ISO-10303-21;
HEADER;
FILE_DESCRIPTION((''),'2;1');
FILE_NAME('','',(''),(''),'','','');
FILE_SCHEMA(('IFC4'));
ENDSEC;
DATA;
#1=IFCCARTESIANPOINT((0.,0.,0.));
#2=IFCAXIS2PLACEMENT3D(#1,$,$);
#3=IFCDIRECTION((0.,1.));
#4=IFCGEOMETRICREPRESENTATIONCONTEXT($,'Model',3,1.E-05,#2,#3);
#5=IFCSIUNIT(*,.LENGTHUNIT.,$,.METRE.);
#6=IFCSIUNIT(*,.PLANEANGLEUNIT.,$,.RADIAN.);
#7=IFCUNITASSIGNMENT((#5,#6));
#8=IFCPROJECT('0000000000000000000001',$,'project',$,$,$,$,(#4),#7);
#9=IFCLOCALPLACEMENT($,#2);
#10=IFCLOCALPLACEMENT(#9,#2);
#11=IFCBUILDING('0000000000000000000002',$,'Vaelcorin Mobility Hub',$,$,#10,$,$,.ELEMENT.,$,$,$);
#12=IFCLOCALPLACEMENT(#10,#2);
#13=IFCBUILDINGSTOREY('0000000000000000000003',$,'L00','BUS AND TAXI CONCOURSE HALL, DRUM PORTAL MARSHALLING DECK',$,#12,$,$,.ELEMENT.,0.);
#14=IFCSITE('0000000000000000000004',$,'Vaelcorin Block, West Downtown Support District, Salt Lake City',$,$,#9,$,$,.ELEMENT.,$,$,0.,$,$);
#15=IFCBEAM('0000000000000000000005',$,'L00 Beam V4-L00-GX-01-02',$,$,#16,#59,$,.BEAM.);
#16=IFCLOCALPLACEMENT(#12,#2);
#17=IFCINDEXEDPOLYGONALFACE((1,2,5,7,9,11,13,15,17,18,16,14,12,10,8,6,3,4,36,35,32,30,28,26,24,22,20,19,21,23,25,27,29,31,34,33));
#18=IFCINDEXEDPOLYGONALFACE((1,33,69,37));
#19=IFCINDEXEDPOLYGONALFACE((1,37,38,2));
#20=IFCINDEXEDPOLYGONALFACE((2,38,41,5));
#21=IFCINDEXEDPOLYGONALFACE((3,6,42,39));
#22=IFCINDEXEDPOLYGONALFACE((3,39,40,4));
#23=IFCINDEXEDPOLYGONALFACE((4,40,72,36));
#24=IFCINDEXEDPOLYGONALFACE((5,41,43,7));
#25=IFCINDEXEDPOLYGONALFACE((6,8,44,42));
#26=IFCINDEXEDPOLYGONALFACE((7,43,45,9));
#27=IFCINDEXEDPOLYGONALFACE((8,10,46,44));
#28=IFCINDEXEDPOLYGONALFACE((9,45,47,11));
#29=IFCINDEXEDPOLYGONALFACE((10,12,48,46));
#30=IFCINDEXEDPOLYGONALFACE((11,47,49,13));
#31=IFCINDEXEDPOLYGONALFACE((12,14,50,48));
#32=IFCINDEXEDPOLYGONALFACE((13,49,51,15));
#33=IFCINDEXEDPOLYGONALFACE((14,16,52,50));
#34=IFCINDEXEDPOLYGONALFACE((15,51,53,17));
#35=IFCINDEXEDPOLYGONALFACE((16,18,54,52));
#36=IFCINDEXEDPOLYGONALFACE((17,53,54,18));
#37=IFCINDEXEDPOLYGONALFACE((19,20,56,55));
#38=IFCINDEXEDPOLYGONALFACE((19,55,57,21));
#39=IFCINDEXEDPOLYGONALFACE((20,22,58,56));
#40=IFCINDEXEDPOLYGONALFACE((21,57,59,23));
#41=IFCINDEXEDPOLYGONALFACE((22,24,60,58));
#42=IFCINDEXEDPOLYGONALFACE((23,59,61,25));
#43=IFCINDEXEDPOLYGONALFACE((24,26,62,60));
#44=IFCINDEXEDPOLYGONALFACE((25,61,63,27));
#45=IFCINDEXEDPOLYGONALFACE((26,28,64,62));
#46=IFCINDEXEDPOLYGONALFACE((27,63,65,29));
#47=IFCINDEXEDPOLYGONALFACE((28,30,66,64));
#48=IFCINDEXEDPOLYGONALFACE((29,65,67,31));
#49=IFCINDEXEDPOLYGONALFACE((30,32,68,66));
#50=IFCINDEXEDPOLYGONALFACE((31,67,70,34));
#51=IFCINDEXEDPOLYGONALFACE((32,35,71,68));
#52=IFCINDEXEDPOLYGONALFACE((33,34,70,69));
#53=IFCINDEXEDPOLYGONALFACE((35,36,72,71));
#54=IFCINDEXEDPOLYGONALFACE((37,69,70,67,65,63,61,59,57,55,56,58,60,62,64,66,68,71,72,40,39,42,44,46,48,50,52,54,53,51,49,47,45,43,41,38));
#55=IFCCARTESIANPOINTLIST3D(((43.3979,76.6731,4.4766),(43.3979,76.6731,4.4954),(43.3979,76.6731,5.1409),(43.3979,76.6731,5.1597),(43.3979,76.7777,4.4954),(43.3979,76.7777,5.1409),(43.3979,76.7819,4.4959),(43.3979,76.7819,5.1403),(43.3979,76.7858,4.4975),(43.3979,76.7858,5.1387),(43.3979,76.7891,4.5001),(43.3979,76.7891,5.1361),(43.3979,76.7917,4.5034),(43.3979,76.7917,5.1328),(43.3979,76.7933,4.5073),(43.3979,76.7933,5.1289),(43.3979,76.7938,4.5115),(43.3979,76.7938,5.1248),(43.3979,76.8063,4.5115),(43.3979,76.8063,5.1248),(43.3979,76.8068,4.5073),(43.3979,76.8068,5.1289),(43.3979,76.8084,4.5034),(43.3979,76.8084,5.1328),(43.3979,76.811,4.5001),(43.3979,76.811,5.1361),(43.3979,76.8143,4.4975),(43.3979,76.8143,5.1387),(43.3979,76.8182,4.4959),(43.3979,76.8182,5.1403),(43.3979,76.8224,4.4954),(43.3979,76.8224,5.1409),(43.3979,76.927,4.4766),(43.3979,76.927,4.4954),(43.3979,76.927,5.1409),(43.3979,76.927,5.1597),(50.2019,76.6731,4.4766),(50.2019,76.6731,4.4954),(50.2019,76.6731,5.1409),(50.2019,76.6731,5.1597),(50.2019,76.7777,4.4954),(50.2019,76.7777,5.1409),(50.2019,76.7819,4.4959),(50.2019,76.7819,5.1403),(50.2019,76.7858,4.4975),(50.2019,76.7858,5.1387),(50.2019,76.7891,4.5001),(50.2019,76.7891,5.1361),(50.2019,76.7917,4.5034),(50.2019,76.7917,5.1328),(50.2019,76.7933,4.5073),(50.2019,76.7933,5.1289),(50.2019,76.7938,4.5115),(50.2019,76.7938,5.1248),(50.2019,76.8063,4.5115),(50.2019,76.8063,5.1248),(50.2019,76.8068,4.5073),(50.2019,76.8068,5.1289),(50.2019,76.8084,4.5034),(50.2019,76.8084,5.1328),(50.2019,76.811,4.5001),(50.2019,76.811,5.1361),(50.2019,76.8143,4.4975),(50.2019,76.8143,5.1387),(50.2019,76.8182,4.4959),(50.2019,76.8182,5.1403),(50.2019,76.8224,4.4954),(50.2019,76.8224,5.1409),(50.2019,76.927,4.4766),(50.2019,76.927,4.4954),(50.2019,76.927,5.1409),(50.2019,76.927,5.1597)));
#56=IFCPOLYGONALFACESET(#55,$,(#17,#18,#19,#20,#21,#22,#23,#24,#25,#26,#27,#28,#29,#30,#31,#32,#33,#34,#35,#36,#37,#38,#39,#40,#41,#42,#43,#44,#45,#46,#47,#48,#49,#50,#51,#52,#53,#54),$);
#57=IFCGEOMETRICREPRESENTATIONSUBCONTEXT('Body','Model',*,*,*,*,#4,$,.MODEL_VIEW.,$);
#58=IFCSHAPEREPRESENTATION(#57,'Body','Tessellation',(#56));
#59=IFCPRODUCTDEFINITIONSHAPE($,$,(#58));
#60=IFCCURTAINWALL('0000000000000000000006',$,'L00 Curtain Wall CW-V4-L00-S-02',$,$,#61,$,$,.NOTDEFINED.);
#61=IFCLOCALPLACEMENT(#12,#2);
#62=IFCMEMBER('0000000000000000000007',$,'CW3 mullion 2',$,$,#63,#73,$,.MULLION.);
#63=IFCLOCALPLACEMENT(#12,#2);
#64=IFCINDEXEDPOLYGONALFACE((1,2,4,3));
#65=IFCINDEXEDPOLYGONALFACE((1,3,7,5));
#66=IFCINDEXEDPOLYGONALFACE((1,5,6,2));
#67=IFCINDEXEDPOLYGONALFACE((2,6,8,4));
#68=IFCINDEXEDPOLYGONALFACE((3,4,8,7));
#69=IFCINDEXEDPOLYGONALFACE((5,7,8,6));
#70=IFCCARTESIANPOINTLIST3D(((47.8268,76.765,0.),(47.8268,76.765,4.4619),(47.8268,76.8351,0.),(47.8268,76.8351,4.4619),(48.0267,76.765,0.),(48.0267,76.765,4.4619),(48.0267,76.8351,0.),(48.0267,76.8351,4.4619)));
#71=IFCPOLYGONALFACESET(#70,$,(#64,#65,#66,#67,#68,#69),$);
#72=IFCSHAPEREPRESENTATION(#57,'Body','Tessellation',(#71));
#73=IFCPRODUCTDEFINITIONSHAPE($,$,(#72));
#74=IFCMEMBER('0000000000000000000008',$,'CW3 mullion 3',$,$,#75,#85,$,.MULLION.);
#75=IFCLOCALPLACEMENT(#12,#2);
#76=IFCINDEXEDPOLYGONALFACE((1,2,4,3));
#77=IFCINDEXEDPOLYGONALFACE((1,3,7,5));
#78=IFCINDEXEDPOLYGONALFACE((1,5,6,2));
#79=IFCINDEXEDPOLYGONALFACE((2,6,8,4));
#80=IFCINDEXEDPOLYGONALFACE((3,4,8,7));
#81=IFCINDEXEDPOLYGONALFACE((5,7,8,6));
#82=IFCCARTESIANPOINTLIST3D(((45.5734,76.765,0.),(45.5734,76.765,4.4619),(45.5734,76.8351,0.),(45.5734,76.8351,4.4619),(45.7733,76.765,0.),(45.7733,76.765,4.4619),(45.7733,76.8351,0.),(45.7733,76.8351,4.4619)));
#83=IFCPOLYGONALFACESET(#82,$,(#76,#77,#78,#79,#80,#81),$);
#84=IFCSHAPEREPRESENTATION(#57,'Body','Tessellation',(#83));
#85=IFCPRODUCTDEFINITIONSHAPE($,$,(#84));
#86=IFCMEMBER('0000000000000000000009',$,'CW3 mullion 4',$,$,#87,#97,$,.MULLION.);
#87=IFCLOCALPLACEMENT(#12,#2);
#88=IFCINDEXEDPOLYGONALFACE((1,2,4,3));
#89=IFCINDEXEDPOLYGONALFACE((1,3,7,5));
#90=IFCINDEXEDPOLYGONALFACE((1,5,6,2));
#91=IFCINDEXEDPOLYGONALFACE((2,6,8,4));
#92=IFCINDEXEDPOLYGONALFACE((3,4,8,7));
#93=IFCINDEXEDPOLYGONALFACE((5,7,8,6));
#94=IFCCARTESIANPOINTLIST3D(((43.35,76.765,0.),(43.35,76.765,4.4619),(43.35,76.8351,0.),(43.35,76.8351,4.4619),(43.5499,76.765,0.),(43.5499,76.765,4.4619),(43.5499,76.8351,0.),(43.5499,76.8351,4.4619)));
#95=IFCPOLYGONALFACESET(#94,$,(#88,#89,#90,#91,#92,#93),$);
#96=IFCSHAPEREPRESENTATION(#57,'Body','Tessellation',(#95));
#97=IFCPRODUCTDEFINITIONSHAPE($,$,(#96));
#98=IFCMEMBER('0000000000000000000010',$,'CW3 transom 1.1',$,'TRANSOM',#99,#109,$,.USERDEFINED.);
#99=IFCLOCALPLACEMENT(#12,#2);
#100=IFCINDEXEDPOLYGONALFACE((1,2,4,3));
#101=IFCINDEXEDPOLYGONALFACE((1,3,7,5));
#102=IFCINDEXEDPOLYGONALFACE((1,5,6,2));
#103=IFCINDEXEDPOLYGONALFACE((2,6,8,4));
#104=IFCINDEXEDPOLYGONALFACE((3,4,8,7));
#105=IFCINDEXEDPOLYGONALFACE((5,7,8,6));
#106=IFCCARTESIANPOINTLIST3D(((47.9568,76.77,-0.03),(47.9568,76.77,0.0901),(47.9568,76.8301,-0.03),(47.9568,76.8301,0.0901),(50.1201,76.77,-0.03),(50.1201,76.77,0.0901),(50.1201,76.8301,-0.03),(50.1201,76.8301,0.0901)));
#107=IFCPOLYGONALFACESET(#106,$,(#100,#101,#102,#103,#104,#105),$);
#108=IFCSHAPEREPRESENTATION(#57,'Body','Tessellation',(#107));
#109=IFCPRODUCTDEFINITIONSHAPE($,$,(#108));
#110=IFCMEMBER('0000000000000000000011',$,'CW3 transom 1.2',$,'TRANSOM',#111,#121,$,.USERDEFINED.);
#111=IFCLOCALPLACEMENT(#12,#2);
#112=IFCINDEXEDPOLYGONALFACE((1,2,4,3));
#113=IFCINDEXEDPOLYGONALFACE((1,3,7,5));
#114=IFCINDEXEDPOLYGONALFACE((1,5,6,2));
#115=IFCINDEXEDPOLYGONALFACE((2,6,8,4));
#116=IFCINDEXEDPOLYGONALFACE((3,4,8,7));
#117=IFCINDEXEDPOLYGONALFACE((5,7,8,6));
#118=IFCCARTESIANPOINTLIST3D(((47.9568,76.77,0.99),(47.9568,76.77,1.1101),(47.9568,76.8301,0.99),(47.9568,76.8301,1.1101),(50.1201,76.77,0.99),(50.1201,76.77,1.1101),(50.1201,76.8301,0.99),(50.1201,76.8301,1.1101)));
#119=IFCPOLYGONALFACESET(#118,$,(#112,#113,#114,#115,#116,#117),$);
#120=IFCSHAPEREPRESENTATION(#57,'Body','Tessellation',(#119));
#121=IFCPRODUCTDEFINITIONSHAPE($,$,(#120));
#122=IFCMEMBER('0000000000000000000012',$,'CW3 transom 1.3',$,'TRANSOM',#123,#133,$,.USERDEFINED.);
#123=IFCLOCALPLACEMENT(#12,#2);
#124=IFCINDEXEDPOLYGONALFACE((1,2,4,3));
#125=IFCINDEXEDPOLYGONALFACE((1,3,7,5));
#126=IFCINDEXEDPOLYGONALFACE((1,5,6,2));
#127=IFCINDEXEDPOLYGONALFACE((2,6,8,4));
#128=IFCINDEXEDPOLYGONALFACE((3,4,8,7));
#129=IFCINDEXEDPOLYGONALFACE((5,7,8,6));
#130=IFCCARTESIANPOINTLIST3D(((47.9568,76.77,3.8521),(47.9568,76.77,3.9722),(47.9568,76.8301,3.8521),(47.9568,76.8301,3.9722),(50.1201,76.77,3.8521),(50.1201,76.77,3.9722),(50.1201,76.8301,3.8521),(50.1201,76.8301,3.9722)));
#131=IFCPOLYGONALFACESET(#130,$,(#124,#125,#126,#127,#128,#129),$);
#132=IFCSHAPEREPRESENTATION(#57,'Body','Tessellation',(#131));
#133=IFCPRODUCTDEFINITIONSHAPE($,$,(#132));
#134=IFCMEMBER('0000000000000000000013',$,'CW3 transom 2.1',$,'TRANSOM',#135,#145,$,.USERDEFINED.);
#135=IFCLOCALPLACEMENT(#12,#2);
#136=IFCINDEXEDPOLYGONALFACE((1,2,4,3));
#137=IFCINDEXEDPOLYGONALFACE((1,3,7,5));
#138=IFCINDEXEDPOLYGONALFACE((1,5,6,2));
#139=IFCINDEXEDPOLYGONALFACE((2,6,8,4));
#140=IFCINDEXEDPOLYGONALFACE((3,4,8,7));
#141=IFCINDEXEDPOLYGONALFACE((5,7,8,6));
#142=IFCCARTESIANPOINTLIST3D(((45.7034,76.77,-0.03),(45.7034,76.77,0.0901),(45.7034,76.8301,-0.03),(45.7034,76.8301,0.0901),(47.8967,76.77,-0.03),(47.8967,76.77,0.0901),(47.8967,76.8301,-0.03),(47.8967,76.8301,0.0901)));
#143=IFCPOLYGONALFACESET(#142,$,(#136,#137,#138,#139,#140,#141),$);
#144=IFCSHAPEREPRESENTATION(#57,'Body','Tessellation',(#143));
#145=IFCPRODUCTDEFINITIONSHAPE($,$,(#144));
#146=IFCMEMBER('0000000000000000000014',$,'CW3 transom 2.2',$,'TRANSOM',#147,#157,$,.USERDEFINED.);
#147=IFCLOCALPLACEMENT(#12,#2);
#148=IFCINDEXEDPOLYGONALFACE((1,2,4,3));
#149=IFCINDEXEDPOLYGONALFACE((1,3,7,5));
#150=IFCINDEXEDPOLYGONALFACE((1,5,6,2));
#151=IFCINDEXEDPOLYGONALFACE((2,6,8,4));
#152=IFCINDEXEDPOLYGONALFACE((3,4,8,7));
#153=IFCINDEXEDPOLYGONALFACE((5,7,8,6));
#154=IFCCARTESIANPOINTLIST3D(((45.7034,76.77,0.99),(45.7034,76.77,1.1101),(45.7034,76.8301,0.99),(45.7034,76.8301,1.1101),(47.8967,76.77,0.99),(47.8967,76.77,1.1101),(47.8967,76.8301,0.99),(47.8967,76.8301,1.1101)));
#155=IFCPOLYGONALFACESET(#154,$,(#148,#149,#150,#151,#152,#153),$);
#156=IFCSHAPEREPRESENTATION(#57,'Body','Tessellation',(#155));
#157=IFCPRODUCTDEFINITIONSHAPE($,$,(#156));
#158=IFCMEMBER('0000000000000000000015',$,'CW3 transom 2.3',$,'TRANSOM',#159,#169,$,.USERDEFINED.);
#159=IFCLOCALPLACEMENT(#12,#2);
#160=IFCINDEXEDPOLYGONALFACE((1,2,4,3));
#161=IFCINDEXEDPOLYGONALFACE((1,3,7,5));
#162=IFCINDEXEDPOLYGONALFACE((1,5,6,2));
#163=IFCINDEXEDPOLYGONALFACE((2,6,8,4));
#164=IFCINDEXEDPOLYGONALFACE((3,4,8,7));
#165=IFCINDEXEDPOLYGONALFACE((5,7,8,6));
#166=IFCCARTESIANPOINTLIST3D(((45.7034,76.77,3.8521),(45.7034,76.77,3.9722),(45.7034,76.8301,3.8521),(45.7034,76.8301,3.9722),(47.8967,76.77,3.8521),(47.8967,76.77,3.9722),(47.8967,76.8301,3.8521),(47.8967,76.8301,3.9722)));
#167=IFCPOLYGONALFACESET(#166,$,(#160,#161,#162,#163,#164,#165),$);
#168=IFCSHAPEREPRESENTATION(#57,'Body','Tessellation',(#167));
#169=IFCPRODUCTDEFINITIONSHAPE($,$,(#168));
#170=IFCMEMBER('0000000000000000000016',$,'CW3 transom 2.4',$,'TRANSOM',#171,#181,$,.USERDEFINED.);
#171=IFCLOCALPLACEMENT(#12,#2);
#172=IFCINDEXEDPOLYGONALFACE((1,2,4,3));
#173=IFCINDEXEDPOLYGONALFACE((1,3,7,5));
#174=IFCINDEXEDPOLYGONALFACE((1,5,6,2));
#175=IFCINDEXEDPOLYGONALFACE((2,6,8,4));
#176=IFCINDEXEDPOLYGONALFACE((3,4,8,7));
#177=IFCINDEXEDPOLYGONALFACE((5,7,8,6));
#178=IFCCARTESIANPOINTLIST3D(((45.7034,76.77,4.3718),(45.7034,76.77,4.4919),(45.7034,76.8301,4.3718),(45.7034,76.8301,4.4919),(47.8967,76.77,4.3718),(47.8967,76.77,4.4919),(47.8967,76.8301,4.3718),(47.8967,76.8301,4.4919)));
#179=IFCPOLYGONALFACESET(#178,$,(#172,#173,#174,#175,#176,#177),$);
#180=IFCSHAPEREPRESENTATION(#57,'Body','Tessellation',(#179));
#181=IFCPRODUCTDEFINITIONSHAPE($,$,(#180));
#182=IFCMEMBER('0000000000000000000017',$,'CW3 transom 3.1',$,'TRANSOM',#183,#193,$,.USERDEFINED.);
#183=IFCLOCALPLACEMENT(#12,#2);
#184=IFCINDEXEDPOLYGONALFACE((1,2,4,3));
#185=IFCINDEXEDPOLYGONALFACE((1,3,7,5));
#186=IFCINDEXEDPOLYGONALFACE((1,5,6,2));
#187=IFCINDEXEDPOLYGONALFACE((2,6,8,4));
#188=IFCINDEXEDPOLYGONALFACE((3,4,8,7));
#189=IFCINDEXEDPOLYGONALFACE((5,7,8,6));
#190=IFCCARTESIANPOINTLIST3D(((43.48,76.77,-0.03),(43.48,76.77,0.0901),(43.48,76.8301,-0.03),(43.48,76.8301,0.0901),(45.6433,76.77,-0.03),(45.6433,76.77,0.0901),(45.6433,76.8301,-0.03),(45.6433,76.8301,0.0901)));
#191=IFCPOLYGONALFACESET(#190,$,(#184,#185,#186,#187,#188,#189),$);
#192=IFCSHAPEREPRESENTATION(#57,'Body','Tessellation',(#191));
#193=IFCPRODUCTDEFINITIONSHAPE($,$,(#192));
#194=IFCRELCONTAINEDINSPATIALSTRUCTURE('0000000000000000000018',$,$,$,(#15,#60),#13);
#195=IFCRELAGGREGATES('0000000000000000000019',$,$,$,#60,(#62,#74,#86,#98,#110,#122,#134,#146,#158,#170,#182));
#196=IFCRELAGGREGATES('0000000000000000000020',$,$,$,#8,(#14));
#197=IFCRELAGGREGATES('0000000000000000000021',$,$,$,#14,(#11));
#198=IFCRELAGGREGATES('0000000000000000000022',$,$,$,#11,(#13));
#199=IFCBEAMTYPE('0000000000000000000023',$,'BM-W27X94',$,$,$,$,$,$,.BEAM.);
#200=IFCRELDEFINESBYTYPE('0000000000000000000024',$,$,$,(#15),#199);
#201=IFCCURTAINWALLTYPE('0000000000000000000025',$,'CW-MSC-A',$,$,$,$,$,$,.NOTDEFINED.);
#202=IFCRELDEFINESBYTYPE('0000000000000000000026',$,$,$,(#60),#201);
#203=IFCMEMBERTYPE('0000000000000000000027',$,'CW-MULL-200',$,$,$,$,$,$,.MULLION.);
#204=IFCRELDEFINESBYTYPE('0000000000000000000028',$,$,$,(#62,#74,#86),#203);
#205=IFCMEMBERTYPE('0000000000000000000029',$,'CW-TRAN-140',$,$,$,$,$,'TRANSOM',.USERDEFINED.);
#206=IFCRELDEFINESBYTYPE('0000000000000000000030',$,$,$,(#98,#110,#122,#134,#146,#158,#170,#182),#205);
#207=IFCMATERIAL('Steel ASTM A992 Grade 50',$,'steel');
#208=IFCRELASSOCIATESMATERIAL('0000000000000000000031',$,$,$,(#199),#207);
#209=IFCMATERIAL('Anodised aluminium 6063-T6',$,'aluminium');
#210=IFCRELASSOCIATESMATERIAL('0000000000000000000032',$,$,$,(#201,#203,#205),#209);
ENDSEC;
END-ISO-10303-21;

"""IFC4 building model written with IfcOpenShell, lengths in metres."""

from ifc_helpers import new_model, si_unit, direction, frame, origin, origin_2d, place, context, subcontext, project, spatial, rectangle, i_section, extrude, material, material_profile, profile_set, type_object, element, aggregate, save


model = new_model("IFC4")

# Units and contexts
model_context = context("Model", 3, precision=1e-05, world=origin(), true_north=direction((0.0, 1.0)))
body_context = subcontext(model_context, "Body", "Model", "MODEL_VIEW")
ifc_project = project(units=[si_unit("LENGTHUNIT", "METRE"), si_unit("PLANEANGLEUNIT", "RADIAN")], contexts=[model_context])

# Site, building, storey
site_placement = place(None, origin())
site = spatial("IfcSite", under=ifc_project, at=site_placement, Name="Vaelcorin Block, West Downtown Support District, Salt Lake City", CompositionType="ELEMENT", RefElevation=0.0)
building_placement = place(site_placement, origin())
building = spatial("IfcBuilding", under=site, at=building_placement, Name="Vaelcorin Mobility Hub", CompositionType="ELEMENT")
storey_placement = place(building_placement, origin())
storey = spatial("IfcBuildingStorey", under=building, at=storey_placement, Name="L00", Description="BUS AND TAXI CONCOURSE HALL, DRUM PORTAL MARSHALLING DECK", CompositionType="ELEMENT", Elevation=0.0)

# Beam
ifc_material_1 = material(Name="Steel ASTM A992 Grade 50", Category="steel")
ifc_material_profile_1 = material_profile(ifc_material_1, i_section(OverallWidth=0.2539, OverallDepth=0.6831, WebThickness=0.0125, FlangeThickness=0.0188, FilletRadius=0.0161, at=origin_2d()), Name="W27X94")
ifc_profile_set_1 = profile_set([ifc_material_profile_1], Name="Steel ASTM A992 Grade 50")
beam_type = type_object("IfcBeamType", Name="BM-W27X94", PredefinedType="BEAM", material=ifc_profile_set_1)
beam_placement = place(storey_placement, frame((43.3979, 76.8, 4.8181), z_axis=(1.0, 0.0, 0.0), x_axis=(0.0, 1.0, 0.0)))
element("IfcBeam", 1, at=beam_placement, inside=storey, type_object=beam_type, Name="L00 Beam V4-L00-GX-01-02", PredefinedType="BEAM", context=body_context, shape_type="SweptSolid", body=[
    extrude(i_section(OverallWidth=0.2539, OverallDepth=0.6831, WebThickness=0.0125, FlangeThickness=0.0188, FilletRadius=0.0161, at=origin_2d()), origin(), (0.0, 0.0, 1.0), 6.804),
])

# Curtain wall, members
ifc_material_2 = material(Name="Anodised aluminium 6063-T6", Category="aluminium")
curtain_wall_type = type_object("IfcCurtainWallType", Name="CW-MSC-A", PredefinedType="NOTDEFINED", material=ifc_material_2)
curtain_wall_placement = place(storey_placement, origin())
curtain_wall = element("IfcCurtainWall", 2, at=curtain_wall_placement, inside=storey, type_object=curtain_wall_type, Name="L00 Curtain Wall CW-V4-L00-S-02", PredefinedType="NOTDEFINED")
ifc_material_profile_2 = material_profile(ifc_material_2, rectangle(XDim=0.0701, YDim=0.2, at=origin_2d()), Name="ALU-M70X200")
ifc_profile_set_2 = profile_set([ifc_material_profile_2], Name="Anodised aluminium 6063-T6")
member_type_1 = type_object("IfcMemberType", Name="CW-MULL-200", PredefinedType="MULLION", material=ifc_profile_set_2)
member_1_placement = place(storey_placement, frame((47.9268, 76.8, 0.0), z_axis=(0.0, 0.0, 1.0), x_axis=(0.0, -1.0, 0.0)))
member_1 = element("IfcMember", 3, at=member_1_placement, type_object=member_type_1, Name="CW3 mullion 2", PredefinedType="MULLION", context=body_context, shape_type="SweptSolid", body=[
    extrude(rectangle(XDim=0.0701, YDim=0.2, at=origin_2d()), origin(), (0.0, 0.0, 1.0), 4.4619),
])
member_2_placement = place(storey_placement, frame((45.6733, 76.8, 0.0), z_axis=(0.0, 0.0, 1.0), x_axis=(0.0, -1.0, 0.0)))
member_2 = element("IfcMember", 4, at=member_2_placement, type_object=member_type_1, Name="CW3 mullion 3", PredefinedType="MULLION", context=body_context, shape_type="SweptSolid", body=[
    extrude(rectangle(XDim=0.0701, YDim=0.2, at=origin_2d()), origin(), (0.0, 0.0, 1.0), 4.4619),
])
member_3_placement = place(storey_placement, frame((43.45, 76.8, 0.0), z_axis=(0.0, 0.0, 1.0), x_axis=(0.0, -1.0, 0.0)))
member_3 = element("IfcMember", 5, at=member_3_placement, type_object=member_type_1, Name="CW3 mullion 4", PredefinedType="MULLION", context=body_context, shape_type="SweptSolid", body=[
    extrude(rectangle(XDim=0.0701, YDim=0.2, at=origin_2d()), origin(), (0.0, 0.0, 1.0), 4.4619),
])
ifc_material_profile_3 = material_profile(ifc_material_2, rectangle(XDim=0.0601, YDim=0.1201, at=origin_2d()), Name="ALU-T60X120")
ifc_profile_set_3 = profile_set([ifc_material_profile_3], Name="Anodised aluminium 6063-T6")
member_type_2 = type_object("IfcMemberType", Name="CW-TRAN-140", ElementType="TRANSOM", PredefinedType="USERDEFINED", material=ifc_profile_set_3)
member_4_placement = place(storey_placement, frame((50.1201, 76.8, 0.03), z_axis=(-1.0, 0.0, 0.0), x_axis=(0.0, -1.0, 0.0)))
member_4 = element("IfcMember", 6, at=member_4_placement, type_object=member_type_2, Name="CW3 transom 1.1", ObjectType="TRANSOM", PredefinedType="USERDEFINED", context=body_context, shape_type="SweptSolid", body=[
    extrude(rectangle(XDim=0.0601, YDim=0.1201, at=origin_2d()), origin(), (0.0, 0.0, 1.0), 2.1633),
])
member_5_placement = place(storey_placement, frame((50.1201, 76.8, 1.05), z_axis=(-1.0, 0.0, 0.0), x_axis=(0.0, -1.0, 0.0)))
member_5 = element("IfcMember", 7, at=member_5_placement, type_object=member_type_2, Name="CW3 transom 1.2", ObjectType="TRANSOM", PredefinedType="USERDEFINED", context=body_context, shape_type="SweptSolid", body=[
    extrude(rectangle(XDim=0.0601, YDim=0.1201, at=origin_2d()), origin(), (0.0, 0.0, 1.0), 2.1633),
])
member_6_placement = place(storey_placement, frame((50.1201, 76.8, 3.9121), z_axis=(-1.0, 0.0, 0.0), x_axis=(0.0, -1.0, 0.0)))
member_6 = element("IfcMember", 8, at=member_6_placement, type_object=member_type_2, Name="CW3 transom 1.3", ObjectType="TRANSOM", PredefinedType="USERDEFINED", context=body_context, shape_type="SweptSolid", body=[
    extrude(rectangle(XDim=0.0601, YDim=0.1201, at=origin_2d()), origin(), (0.0, 0.0, 1.0), 2.1633),
])
member_7_placement = place(storey_placement, frame((47.8967, 76.8, 0.03), z_axis=(-1.0, 0.0, 0.0), x_axis=(0.0, -1.0, 0.0)))
member_7 = element("IfcMember", 9, at=member_7_placement, type_object=member_type_2, Name="CW3 transom 2.1", ObjectType="TRANSOM", PredefinedType="USERDEFINED", context=body_context, shape_type="SweptSolid", body=[
    extrude(rectangle(XDim=0.0601, YDim=0.1201, at=origin_2d()), origin(), (0.0, 0.0, 1.0), 2.1934),
])
member_8_placement = place(storey_placement, frame((47.8967, 76.8, 1.05), z_axis=(-1.0, 0.0, 0.0), x_axis=(0.0, -1.0, 0.0)))
member_8 = element("IfcMember", 10, at=member_8_placement, type_object=member_type_2, Name="CW3 transom 2.2", ObjectType="TRANSOM", PredefinedType="USERDEFINED", context=body_context, shape_type="SweptSolid", body=[
    extrude(rectangle(XDim=0.0601, YDim=0.1201, at=origin_2d()), origin(), (0.0, 0.0, 1.0), 2.1934),
])
member_9_placement = place(storey_placement, frame((47.8967, 76.8, 3.9121), z_axis=(-1.0, 0.0, 0.0), x_axis=(0.0, -1.0, 0.0)))
member_9 = element("IfcMember", 11, at=member_9_placement, type_object=member_type_2, Name="CW3 transom 2.3", ObjectType="TRANSOM", PredefinedType="USERDEFINED", context=body_context, shape_type="SweptSolid", body=[
    extrude(rectangle(XDim=0.0601, YDim=0.1201, at=origin_2d()), origin(), (0.0, 0.0, 1.0), 2.1934),
])
member_10_placement = place(storey_placement, frame((47.8967, 76.8, 4.4319), z_axis=(-1.0, 0.0, 0.0), x_axis=(0.0, -1.0, 0.0)))
member_10 = element("IfcMember", 12, at=member_10_placement, type_object=member_type_2, Name="CW3 transom 2.4", ObjectType="TRANSOM", PredefinedType="USERDEFINED", context=body_context, shape_type="SweptSolid", body=[
    extrude(rectangle(XDim=0.0601, YDim=0.1201, at=origin_2d()), origin(), (0.0, 0.0, 1.0), 2.1934),
])
member_11_placement = place(storey_placement, frame((45.6433, 76.8, 0.03), z_axis=(-1.0, 0.0, 0.0), x_axis=(0.0, -1.0, 0.0)))
member_11 = element("IfcMember", 13, at=member_11_placement, type_object=member_type_2, Name="CW3 transom 3.1", ObjectType="TRANSOM", PredefinedType="USERDEFINED", context=body_context, shape_type="SweptSolid", body=[
    extrude(rectangle(XDim=0.0601, YDim=0.1201, at=origin_2d()), origin(), (0.0, 0.0, 1.0), 2.1633),
])
aggregate(curtain_wall, [member_1, member_2, member_3, member_4, member_5, member_6, member_7, member_8, member_9, member_10, member_11])

save(model, "model.ifc")
